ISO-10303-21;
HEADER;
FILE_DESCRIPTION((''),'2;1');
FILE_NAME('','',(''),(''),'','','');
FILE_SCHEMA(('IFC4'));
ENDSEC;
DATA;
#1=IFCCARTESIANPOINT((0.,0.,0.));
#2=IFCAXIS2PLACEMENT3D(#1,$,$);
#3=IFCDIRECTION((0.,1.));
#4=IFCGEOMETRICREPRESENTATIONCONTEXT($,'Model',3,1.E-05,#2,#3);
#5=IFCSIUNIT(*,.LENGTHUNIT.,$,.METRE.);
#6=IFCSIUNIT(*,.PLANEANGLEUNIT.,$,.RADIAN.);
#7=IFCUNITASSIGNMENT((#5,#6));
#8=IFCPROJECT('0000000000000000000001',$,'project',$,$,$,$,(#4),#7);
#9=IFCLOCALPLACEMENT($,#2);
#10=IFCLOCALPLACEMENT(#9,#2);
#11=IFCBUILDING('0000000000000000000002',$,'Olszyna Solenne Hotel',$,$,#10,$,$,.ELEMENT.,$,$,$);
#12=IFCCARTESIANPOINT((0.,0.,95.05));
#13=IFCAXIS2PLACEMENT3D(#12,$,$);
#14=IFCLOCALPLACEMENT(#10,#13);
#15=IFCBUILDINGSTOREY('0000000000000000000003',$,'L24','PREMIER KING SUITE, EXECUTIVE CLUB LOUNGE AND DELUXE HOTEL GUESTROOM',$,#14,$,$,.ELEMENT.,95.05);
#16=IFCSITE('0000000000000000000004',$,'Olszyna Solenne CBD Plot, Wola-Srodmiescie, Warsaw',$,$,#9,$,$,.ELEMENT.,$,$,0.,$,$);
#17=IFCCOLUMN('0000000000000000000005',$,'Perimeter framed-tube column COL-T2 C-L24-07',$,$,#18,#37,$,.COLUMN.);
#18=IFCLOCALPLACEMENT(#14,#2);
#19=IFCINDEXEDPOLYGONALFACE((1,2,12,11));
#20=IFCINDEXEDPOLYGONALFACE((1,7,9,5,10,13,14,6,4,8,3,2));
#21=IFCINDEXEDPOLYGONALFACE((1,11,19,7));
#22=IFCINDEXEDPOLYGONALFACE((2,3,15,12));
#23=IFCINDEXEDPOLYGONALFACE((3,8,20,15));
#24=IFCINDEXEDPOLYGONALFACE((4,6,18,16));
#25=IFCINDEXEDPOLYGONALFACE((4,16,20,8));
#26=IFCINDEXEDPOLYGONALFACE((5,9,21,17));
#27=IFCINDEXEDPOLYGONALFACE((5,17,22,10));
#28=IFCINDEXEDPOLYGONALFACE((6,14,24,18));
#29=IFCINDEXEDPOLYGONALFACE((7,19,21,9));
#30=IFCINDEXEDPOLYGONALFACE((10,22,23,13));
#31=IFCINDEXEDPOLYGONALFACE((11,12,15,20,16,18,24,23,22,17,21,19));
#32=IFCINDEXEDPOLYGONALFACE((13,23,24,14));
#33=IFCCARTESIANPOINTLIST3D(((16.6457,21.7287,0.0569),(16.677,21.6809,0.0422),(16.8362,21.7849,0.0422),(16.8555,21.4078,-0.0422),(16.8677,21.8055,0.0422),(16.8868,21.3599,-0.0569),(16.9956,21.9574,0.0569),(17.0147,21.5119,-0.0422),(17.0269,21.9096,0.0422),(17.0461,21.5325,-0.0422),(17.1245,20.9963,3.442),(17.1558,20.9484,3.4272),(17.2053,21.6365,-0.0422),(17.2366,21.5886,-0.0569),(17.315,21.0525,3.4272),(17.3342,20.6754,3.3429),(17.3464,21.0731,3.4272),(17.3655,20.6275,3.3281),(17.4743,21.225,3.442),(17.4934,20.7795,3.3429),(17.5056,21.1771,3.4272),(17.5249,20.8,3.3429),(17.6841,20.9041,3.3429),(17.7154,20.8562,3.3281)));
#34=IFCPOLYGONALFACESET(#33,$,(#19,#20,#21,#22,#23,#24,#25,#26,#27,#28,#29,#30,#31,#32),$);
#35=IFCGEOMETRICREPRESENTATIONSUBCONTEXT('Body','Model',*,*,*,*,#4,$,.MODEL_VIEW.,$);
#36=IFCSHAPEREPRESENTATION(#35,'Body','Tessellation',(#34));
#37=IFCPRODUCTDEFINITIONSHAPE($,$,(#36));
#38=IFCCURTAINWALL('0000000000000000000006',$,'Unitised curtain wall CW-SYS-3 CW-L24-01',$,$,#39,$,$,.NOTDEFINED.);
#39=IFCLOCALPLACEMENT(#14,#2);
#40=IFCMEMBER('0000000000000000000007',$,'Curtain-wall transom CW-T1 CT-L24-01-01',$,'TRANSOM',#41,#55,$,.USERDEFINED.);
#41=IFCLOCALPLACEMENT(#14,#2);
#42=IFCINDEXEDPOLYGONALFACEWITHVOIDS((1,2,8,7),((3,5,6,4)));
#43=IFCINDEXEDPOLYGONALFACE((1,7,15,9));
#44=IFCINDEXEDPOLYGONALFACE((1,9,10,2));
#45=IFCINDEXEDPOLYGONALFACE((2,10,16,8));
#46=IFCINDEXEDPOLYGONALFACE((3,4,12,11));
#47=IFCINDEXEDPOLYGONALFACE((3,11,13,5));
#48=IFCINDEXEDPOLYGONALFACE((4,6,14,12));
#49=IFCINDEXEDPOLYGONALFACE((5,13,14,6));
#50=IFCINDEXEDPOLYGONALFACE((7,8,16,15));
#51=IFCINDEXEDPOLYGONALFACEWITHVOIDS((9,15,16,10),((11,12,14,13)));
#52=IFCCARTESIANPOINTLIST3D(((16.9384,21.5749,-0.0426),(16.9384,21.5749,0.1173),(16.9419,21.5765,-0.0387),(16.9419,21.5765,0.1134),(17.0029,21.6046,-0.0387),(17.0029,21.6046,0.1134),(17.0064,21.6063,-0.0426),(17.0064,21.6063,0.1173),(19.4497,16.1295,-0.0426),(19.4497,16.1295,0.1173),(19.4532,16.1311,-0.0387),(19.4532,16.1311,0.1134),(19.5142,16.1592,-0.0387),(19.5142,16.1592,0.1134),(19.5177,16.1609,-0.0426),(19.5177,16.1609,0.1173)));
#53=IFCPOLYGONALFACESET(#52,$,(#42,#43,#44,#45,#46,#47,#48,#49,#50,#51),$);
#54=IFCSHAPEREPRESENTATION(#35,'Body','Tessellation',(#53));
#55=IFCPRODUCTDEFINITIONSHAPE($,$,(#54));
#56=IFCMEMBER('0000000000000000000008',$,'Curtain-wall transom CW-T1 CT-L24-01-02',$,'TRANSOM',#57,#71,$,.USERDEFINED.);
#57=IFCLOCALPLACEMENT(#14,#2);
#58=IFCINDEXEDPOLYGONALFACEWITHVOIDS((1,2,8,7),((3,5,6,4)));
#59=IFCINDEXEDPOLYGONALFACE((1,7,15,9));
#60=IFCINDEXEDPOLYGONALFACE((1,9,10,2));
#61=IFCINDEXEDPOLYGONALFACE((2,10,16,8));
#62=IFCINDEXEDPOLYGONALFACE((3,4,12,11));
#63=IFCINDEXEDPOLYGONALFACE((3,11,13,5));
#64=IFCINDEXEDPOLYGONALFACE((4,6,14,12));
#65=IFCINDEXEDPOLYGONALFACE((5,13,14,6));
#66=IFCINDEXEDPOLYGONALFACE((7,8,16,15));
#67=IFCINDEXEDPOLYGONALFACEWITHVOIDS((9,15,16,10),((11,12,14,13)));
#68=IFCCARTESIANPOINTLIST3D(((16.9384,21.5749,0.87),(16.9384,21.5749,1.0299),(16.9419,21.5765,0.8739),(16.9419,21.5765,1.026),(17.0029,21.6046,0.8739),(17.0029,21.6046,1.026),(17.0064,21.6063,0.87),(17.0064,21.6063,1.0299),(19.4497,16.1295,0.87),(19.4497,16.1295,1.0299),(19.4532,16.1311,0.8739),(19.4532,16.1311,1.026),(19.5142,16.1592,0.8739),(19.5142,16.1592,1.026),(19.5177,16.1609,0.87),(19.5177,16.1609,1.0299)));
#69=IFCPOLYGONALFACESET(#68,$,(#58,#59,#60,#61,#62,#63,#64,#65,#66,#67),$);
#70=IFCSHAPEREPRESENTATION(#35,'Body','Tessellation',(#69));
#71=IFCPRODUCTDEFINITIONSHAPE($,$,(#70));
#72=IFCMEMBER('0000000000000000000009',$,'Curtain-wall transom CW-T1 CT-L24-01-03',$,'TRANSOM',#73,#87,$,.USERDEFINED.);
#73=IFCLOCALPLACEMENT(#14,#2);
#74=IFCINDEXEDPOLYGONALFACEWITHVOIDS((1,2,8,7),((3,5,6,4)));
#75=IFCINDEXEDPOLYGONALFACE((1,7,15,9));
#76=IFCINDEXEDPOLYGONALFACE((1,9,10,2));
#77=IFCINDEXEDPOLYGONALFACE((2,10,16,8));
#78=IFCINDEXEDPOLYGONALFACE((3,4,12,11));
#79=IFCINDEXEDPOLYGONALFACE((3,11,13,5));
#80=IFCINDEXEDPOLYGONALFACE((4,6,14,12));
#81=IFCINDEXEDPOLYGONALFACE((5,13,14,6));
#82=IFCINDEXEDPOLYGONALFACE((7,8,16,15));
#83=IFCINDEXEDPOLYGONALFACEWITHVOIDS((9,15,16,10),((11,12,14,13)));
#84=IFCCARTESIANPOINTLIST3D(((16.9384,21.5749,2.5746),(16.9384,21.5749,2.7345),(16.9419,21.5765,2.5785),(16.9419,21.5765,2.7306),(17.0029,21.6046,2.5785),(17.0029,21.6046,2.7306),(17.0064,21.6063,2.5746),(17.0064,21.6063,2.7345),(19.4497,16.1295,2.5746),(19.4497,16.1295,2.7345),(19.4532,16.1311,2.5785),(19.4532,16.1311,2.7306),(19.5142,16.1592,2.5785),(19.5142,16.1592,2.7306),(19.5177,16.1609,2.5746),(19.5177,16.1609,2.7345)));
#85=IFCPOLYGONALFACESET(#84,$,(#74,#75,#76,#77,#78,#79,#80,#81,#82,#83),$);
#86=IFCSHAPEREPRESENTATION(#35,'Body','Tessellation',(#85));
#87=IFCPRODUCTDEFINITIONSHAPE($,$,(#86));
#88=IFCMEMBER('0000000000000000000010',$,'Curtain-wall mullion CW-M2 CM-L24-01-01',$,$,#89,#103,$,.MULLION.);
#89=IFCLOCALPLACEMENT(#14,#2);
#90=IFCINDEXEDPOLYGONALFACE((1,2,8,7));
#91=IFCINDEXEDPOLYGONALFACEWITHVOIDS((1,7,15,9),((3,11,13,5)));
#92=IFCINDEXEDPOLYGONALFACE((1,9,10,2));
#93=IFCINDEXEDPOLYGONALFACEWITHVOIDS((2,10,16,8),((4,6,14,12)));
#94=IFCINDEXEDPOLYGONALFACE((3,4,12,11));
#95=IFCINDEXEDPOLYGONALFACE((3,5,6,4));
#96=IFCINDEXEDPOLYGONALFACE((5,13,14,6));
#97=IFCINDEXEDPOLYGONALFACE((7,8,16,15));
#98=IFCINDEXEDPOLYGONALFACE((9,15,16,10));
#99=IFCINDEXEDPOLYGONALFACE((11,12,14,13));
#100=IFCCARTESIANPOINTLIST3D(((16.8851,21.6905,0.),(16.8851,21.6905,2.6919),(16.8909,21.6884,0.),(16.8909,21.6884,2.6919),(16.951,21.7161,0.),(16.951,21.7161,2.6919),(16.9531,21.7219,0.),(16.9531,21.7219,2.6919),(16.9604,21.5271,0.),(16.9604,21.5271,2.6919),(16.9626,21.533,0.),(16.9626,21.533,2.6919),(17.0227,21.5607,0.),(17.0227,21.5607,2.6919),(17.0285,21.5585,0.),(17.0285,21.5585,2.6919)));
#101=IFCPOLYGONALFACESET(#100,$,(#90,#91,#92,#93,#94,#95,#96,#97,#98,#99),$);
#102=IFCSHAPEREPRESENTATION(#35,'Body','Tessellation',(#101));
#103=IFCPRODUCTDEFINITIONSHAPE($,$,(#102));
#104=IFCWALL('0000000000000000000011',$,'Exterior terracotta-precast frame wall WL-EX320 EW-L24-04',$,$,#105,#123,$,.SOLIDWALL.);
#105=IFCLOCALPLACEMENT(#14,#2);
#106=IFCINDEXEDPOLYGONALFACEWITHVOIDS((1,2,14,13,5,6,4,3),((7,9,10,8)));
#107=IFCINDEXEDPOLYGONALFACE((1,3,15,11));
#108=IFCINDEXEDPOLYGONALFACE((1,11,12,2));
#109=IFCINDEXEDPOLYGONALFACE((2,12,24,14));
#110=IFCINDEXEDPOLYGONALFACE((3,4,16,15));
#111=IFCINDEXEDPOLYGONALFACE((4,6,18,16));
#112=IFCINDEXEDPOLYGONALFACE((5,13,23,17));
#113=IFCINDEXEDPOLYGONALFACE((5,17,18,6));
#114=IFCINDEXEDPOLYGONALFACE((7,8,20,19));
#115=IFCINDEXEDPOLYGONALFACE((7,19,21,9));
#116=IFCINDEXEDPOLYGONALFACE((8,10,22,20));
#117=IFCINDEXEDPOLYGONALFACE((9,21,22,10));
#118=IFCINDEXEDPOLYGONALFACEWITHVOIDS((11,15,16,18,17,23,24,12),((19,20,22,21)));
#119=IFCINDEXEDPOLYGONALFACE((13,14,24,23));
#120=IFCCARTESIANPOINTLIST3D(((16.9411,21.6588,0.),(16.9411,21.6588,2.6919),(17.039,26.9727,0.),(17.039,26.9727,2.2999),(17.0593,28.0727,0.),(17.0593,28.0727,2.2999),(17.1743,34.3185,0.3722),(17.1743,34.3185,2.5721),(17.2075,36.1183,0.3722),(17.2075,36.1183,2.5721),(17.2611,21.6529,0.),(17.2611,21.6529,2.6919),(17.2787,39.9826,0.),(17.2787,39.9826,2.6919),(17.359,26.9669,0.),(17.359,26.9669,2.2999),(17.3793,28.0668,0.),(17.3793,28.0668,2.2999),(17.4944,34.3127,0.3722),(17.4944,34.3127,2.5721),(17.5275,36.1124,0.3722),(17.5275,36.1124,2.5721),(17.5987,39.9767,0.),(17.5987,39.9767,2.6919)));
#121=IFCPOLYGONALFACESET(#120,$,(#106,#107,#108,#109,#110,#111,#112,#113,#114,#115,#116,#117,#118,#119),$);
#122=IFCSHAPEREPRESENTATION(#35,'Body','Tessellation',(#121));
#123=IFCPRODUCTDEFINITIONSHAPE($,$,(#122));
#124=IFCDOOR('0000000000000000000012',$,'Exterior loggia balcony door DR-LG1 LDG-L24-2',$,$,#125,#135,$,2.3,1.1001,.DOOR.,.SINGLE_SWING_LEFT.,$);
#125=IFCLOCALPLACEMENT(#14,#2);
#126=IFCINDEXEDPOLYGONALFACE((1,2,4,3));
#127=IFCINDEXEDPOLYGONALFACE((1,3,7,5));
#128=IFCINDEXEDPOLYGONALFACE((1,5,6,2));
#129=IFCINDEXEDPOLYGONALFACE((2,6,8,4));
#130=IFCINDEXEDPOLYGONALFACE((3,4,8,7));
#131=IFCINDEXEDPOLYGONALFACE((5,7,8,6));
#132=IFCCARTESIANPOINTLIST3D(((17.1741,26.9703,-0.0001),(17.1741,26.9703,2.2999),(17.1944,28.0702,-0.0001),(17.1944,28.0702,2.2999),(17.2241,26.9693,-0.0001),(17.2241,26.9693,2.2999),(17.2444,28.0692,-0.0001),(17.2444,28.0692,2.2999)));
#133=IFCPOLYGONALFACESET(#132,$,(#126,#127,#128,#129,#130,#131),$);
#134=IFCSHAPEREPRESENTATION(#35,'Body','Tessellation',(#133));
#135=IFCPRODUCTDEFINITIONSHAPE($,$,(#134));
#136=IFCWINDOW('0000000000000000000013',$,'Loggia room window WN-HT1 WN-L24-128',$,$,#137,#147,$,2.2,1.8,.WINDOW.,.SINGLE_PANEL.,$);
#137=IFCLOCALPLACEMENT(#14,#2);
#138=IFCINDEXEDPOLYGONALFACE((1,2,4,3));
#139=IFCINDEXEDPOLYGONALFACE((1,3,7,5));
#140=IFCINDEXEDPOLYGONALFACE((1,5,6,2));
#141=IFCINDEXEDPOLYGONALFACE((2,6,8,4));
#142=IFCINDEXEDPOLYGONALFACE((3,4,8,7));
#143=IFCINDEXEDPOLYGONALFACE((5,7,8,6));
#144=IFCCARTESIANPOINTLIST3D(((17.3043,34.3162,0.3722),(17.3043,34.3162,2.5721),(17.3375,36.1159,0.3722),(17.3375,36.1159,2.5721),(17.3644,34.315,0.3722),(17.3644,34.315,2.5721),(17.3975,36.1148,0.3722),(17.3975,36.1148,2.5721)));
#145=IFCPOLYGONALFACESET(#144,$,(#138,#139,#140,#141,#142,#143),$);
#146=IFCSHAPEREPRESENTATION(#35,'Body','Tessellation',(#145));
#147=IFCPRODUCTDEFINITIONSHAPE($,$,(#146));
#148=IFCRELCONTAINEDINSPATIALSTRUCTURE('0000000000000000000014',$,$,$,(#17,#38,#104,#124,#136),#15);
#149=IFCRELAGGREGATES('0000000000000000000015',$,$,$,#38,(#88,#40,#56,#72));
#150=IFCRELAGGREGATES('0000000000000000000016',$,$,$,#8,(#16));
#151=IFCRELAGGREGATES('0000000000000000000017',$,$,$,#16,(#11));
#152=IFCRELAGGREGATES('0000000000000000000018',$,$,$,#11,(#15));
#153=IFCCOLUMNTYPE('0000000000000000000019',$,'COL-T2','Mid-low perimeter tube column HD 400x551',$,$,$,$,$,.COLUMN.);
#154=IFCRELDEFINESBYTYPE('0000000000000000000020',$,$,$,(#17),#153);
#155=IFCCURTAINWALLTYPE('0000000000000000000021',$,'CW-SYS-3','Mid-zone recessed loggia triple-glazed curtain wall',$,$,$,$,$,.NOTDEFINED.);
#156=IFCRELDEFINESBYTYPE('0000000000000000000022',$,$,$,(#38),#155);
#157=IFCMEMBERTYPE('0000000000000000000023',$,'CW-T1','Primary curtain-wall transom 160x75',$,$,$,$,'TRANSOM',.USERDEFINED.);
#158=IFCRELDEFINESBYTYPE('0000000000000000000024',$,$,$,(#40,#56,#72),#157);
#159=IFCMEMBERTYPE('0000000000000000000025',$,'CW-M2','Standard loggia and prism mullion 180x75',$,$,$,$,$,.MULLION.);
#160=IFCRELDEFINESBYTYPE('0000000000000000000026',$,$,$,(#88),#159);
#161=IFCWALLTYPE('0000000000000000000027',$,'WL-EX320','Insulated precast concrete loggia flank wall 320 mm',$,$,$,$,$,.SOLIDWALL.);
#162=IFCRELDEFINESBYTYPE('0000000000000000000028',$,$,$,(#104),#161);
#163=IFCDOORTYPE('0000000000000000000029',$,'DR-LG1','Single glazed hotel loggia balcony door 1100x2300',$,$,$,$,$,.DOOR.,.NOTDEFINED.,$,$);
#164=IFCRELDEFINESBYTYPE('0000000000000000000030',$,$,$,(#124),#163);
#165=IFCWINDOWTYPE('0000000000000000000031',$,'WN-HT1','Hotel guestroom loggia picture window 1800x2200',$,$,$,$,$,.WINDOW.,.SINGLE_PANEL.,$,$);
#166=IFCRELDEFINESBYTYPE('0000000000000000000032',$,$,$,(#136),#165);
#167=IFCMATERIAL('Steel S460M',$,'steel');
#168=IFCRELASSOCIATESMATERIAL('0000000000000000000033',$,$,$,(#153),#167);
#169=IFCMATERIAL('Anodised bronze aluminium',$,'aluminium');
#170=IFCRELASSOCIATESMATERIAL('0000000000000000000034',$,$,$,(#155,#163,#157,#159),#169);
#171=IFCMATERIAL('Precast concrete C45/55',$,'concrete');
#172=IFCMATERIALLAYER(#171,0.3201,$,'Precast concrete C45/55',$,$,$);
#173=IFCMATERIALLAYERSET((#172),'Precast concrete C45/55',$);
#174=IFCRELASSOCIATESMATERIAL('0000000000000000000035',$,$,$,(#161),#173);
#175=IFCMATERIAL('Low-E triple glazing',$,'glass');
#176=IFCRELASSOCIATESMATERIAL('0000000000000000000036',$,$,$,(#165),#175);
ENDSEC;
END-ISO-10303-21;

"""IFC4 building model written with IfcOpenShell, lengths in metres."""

from ifc_helpers import new_model, si_unit, direction, frame, frame_2d, origin, origin_2d, place, context, subcontext, project, spatial, rectangle, hollow_rectangle, i_section, extrude, source, transform, mapped, material, layer, layer_set, material_profile, profile_set, type_object, type_shapes, element, fill, aggregate, save


model = new_model("IFC4")

# Units and contexts
model_context = context("Model", 3, precision=1e-05, world=origin(), true_north=direction((0.0, 1.0)))
body_context = subcontext(model_context, "Body", "Model", "MODEL_VIEW")
ifc_project = project(units=[si_unit("LENGTHUNIT", "METRE"), si_unit("PLANEANGLEUNIT", "RADIAN")], contexts=[model_context])

# Site, building, storey
site_placement = place(None, origin())
site = spatial("IfcSite", under=ifc_project, at=site_placement, Name="Olszyna Solenne CBD Plot, Wola-Srodmiescie, Warsaw", CompositionType="ELEMENT", RefElevation=0.0)
building_placement = place(site_placement, origin())
building = spatial("IfcBuilding", under=site, at=building_placement, Name="Olszyna Solenne Hotel", CompositionType="ELEMENT")
storey_placement = place(building_placement, frame((0.0, 0.0, 95.05)))
storey = spatial("IfcBuildingStorey", under=building, at=storey_placement, Name="L24", Description="PREMIER KING SUITE, EXECUTIVE CLUB LOUNGE AND DELUXE HOTEL GUESTROOM", CompositionType="ELEMENT", Elevation=95.05)

# Column
ifc_material_1 = material(Name="Steel S460M", Category="steel")
ifc_material_profile_1 = material_profile(ifc_material_1, i_section(OverallWidth=0.418, OverallDepth=0.4551, WebThickness=0.0376, FlangeThickness=0.0591, at=origin_2d()), Name="HD 400x551", Category="load-bearing")
ifc_profile_set_1 = profile_set([ifc_material_profile_1], Name="Steel S460M")
column_type = type_object("IfcColumnType", Name="COL-T2", Description="Mid-low perimeter tube column HD 400x551", PredefinedType="COLUMN", material=ifc_profile_set_1)
shared_shape_1 = source(origin(), body_context, "Body", "SweptSolid", [
    extrude(i_section(OverallWidth=0.418, OverallDepth=0.4551, WebThickness=0.0376, FlangeThickness=0.0591, at=origin_2d()), origin(), (0.0, 0.0, 1.0), 3.4963),
])
column_placement = place(storey_placement, frame((16.9412, 21.6587, 0.0), z_axis=(0.136934, -0.209486, 0.968176), x_axis=(0.837038, 0.547144, 0.0)))
element("IfcColumn", 1, at=column_placement, inside=storey, type_object=column_type, Name="Perimeter framed-tube column COL-T2 C-L24-07", PredefinedType="COLUMN", context=body_context, shape_type="MappedRepresentation", body=[
    mapped(shared_shape_1, transform((0.0, 0.0, 0.0), x_axis=(1.0, 0.0, 0.0), y_axis=(0.0, 1.0, 0.0), z_axis=(0.0, 0.0, 1.0), scale=1.0)),
])

# Curtain wall, members
ifc_material_2 = material(Name="Anodised bronze aluminium", Category="aluminium")
curtain_wall_type = type_object("IfcCurtainWallType", Name="CW-SYS-3", Description="Mid-zone recessed loggia triple-glazed curtain wall", PredefinedType="NOTDEFINED", material=ifc_material_2)
curtain_wall_placement = place(storey_placement, origin())
curtain_wall = element("IfcCurtainWall", 2, at=curtain_wall_placement, inside=storey, type_object=curtain_wall_type, Name="Unitised curtain wall CW-SYS-3 CW-L24-01", PredefinedType="NOTDEFINED")
ifc_material_profile_2 = material_profile(ifc_material_2, hollow_rectangle(XDim=0.075, YDim=0.1599, WallThickness=0.0039, at=origin_2d()), Name="TRAN 160x75x4", Category="load-bearing")
ifc_profile_set_2 = profile_set([ifc_material_profile_2], Name="Anodised bronze aluminium")
member_type_1 = type_object("IfcMemberType", Name="CW-T1", Description="Primary curtain-wall transom 160x75", ElementType="TRANSOM", PredefinedType="USERDEFINED", material=ifc_profile_set_2)
shared_shape_2 = source(origin(), body_context, "Body", "SweptSolid", [
    extrude(hollow_rectangle(XDim=0.075, YDim=0.1599, WallThickness=0.0039, at=origin_2d()), origin(), (0.0, 0.0, 1.0), 5.9966),
])
member_1_placement = place(storey_placement, frame((16.9724, 21.5906, 0.0374), z_axis=(0.418784, -0.908086, 0.0), x_axis=(0.908086, 0.418784, 0.0)))
member_1 = element("IfcMember", 3, at=member_1_placement, type_object=member_type_1, Name="Curtain-wall transom CW-T1 CT-L24-01-01", ObjectType="TRANSOM", PredefinedType="USERDEFINED", context=body_context, shape_type="MappedRepresentation", body=[
    mapped(shared_shape_2, transform((0.0, 0.0, 0.0), x_axis=(1.0, 0.0, 0.0), y_axis=(0.0, 1.0, 0.0), z_axis=(0.0, 0.0, 1.0), scale=1.0)),
])
member_2_placement = place(storey_placement, frame((16.9724, 21.5906, 0.95), z_axis=(0.418784, -0.908086, 0.0), x_axis=(0.908086, 0.418784, 0.0)))
member_2 = element("IfcMember", 4, at=member_2_placement, type_object=member_type_1, Name="Curtain-wall transom CW-T1 CT-L24-01-02", ObjectType="TRANSOM", PredefinedType="USERDEFINED", context=body_context, shape_type="MappedRepresentation", body=[
    mapped(shared_shape_2, transform((0.0, 0.0, 0.0), x_axis=(1.0, 0.0, 0.0), y_axis=(0.0, 1.0, 0.0), z_axis=(0.0, 0.0, 1.0), scale=1.0)),
])
member_3_placement = place(storey_placement, frame((16.9724, 21.5906, 2.6545), z_axis=(0.418784, -0.908086, 0.0), x_axis=(0.908086, 0.418784, 0.0)))
member_3 = element("IfcMember", 5, at=member_3_placement, type_object=member_type_1, Name="Curtain-wall transom CW-T1 CT-L24-01-03", ObjectType="TRANSOM", PredefinedType="USERDEFINED", context=body_context, shape_type="MappedRepresentation", body=[
    mapped(shared_shape_2, transform((0.0, 0.0, 0.0), x_axis=(1.0, 0.0, 0.0), y_axis=(0.0, 1.0, 0.0), z_axis=(0.0, 0.0, 1.0), scale=1.0)),
])
ifc_material_profile_3 = material_profile(ifc_material_2, hollow_rectangle(XDim=0.075, YDim=0.1799, WallThickness=0.0044, at=origin_2d()), Name="MULL 180x75x4.5", Category="load-bearing")
ifc_profile_set_3 = profile_set([ifc_material_profile_3], Name="Anodised bronze aluminium")
member_type_2 = type_object("IfcMemberType", Name="CW-M2", Description="Standard loggia and prism mullion 180x75", PredefinedType="MULLION", material=ifc_profile_set_3)
shared_shape_3 = source(origin(), body_context, "Body", "SweptSolid", [
    extrude(hollow_rectangle(XDim=0.075, YDim=0.1799, WallThickness=0.0044, at=origin_2d()), origin(), (0.0, 0.0, 1.0), 2.6919),
])
member_4_placement = place(storey_placement, frame((16.9568, 21.6245, 0.0), z_axis=(0.0, 0.0, 1.0), x_axis=(0.908085, 0.418785, 0.0)))
member_4 = element("IfcMember", 6, at=member_4_placement, type_object=member_type_2, Name="Curtain-wall mullion CW-M2 CM-L24-01-01", PredefinedType="MULLION", context=body_context, shape_type="MappedRepresentation", body=[
    mapped(shared_shape_3, transform((0.0, 0.0, 0.0), x_axis=(1.0, 0.0, 0.0), y_axis=(0.0, 1.0, 0.0), z_axis=(0.0, 0.0, 1.0), scale=1.0)),
])
aggregate(curtain_wall, [member_4, member_1, member_2, member_3])

# Wall, openings, door, window
ifc_material_3 = material(Name="Precast concrete C45/55", Category="concrete")
ifc_layer_1 = layer(ifc_material_3, 0.3201, Name="Precast concrete C45/55")
ifc_layer_set_1 = layer_set([ifc_layer_1], Name="Precast concrete C45/55")
wall_type_1 = type_object("IfcWallType", Name="WL-EX320", Description="Insulated precast concrete loggia flank wall 320 mm", PredefinedType="SOLIDWALL", material=ifc_layer_set_1)
wall_1_placement = place(storey_placement, frame((17.1011, 21.6558, 0.0), z_axis=(0.0, 0.0, 1.0), x_axis=(0.018424, 0.99983, 0.0)))
wall_1 = element("IfcWall", 7, at=wall_1_placement, inside=storey, type_object=wall_type_1, Name="Exterior terracotta-precast frame wall WL-EX320 EW-L24-04", PredefinedType="SOLIDWALL", context=body_context, shape_type="SweptSolid", body=[
    extrude(rectangle(XDim=18.3269, YDim=0.3201, at=frame_2d((9.1636, 0.0))), origin(), (0.0, 0.0, 1.0), 2.6919),
])
opening_1_placement = place(wall_1_placement, frame((5.3149, 0.0, 0.0)))
opening_1 = element("IfcOpeningElement", 8, at=opening_1_placement, cuts=wall_1, PredefinedType="OPENING", context=body_context, shape_type="SweptSolid", body=[
    extrude(rectangle(XDim=1.1001, YDim=2.3, at=frame_2d((0.55, 1.1499))), frame((0.0, 0.1699, 0.0), z_axis=(0.0, -1.0, 0.0), x_axis=(1.0, 0.0, 0.0)), (0.0, 0.0, 1.0), 0.3401),
])
opening_2_placement = place(wall_1_placement, frame((12.6621, 0.0, 0.3721)))
opening_2 = element("IfcOpeningElement", 9, at=opening_2_placement, cuts=wall_1, PredefinedType="OPENING", context=body_context, shape_type="SweptSolid", body=[
    extrude(rectangle(XDim=1.8, YDim=2.2, at=frame_2d((0.8999, 1.1001))), frame((0.0, 0.1699, 0.0), z_axis=(0.0, -1.0, 0.0), x_axis=(1.0, 0.0, 0.0)), (0.0, 0.0, 1.0), 0.3401),
])
door_type_1 = type_object("IfcDoorType", Name="DR-LG1", Description="Single glazed hotel loggia balcony door 1100x2300", OperationType="NOTDEFINED", PredefinedType="DOOR", material=ifc_material_2)
shared_shape_4 = source(origin(), body_context, "Body", "SweptSolid", [
    extrude(rectangle(XDim=1.1001, YDim=2.3, at=frame_2d((0.55, 1.1499))), frame((0.0, 0.0249, 0.0), z_axis=(0.0, -1.0, 0.0), x_axis=(1.0, 0.0, 0.0)), (0.0, 0.0, 1.0), 0.05),
])
type_shapes(door_type_1, [shared_shape_4])
door_1_placement = place(opening_1_placement, origin())
door_1 = element("IfcDoor", 10, at=door_1_placement, inside=storey, type_object=door_type_1, Name="Exterior loggia balcony door DR-LG1 LDG-L24-2", OperationType="SINGLE_SWING_LEFT", OverallHeight=2.3, OverallWidth=1.1001, PredefinedType="DOOR", context=body_context, shape_type="MappedRepresentation", body=[
    mapped(shared_shape_4, transform((0.0, 0.0, 0.0), x_axis=(1.0, 0.0, 0.0), y_axis=(0.0, 1.0, 0.0), z_axis=(0.0, 0.0, 1.0), scale=1.0)),
])
fill(opening_1, door_1)
ifc_material_4 = material(Name="Low-E triple glazing", Category="glass")
window_type = type_object("IfcWindowType", Name="WN-HT1", Description="Hotel guestroom loggia picture window 1800x2200", PartitioningType="SINGLE_PANEL", PredefinedType="WINDOW", material=ifc_material_4)
shared_shape_5 = source(origin(), body_context, "Body", "SweptSolid", [
    extrude(rectangle(XDim=1.8, YDim=2.2, at=frame_2d((0.8999, 1.1001))), frame((0.0, 0.03, 0.0), z_axis=(0.0, -1.0, 0.0), x_axis=(1.0, 0.0, 0.0)), (0.0, 0.0, 1.0), 0.0601),
])
type_shapes(window_type, [shared_shape_5])
window_placement = place(opening_2_placement, origin())
window = element("IfcWindow", 11, at=window_placement, inside=storey, type_object=window_type, Name="Loggia room window WN-HT1 WN-L24-128", OverallHeight=2.2, OverallWidth=1.8, PartitioningType="SINGLE_PANEL", PredefinedType="WINDOW", context=body_context, shape_type="MappedRepresentation", body=[
    mapped(shared_shape_5, transform((0.0, 0.0, 0.0), x_axis=(1.0, 0.0, 0.0), y_axis=(0.0, 1.0, 0.0), z_axis=(0.0, 0.0, 1.0), scale=1.0)),
])
fill(opening_2, window)

save(model, "model.ifc")
